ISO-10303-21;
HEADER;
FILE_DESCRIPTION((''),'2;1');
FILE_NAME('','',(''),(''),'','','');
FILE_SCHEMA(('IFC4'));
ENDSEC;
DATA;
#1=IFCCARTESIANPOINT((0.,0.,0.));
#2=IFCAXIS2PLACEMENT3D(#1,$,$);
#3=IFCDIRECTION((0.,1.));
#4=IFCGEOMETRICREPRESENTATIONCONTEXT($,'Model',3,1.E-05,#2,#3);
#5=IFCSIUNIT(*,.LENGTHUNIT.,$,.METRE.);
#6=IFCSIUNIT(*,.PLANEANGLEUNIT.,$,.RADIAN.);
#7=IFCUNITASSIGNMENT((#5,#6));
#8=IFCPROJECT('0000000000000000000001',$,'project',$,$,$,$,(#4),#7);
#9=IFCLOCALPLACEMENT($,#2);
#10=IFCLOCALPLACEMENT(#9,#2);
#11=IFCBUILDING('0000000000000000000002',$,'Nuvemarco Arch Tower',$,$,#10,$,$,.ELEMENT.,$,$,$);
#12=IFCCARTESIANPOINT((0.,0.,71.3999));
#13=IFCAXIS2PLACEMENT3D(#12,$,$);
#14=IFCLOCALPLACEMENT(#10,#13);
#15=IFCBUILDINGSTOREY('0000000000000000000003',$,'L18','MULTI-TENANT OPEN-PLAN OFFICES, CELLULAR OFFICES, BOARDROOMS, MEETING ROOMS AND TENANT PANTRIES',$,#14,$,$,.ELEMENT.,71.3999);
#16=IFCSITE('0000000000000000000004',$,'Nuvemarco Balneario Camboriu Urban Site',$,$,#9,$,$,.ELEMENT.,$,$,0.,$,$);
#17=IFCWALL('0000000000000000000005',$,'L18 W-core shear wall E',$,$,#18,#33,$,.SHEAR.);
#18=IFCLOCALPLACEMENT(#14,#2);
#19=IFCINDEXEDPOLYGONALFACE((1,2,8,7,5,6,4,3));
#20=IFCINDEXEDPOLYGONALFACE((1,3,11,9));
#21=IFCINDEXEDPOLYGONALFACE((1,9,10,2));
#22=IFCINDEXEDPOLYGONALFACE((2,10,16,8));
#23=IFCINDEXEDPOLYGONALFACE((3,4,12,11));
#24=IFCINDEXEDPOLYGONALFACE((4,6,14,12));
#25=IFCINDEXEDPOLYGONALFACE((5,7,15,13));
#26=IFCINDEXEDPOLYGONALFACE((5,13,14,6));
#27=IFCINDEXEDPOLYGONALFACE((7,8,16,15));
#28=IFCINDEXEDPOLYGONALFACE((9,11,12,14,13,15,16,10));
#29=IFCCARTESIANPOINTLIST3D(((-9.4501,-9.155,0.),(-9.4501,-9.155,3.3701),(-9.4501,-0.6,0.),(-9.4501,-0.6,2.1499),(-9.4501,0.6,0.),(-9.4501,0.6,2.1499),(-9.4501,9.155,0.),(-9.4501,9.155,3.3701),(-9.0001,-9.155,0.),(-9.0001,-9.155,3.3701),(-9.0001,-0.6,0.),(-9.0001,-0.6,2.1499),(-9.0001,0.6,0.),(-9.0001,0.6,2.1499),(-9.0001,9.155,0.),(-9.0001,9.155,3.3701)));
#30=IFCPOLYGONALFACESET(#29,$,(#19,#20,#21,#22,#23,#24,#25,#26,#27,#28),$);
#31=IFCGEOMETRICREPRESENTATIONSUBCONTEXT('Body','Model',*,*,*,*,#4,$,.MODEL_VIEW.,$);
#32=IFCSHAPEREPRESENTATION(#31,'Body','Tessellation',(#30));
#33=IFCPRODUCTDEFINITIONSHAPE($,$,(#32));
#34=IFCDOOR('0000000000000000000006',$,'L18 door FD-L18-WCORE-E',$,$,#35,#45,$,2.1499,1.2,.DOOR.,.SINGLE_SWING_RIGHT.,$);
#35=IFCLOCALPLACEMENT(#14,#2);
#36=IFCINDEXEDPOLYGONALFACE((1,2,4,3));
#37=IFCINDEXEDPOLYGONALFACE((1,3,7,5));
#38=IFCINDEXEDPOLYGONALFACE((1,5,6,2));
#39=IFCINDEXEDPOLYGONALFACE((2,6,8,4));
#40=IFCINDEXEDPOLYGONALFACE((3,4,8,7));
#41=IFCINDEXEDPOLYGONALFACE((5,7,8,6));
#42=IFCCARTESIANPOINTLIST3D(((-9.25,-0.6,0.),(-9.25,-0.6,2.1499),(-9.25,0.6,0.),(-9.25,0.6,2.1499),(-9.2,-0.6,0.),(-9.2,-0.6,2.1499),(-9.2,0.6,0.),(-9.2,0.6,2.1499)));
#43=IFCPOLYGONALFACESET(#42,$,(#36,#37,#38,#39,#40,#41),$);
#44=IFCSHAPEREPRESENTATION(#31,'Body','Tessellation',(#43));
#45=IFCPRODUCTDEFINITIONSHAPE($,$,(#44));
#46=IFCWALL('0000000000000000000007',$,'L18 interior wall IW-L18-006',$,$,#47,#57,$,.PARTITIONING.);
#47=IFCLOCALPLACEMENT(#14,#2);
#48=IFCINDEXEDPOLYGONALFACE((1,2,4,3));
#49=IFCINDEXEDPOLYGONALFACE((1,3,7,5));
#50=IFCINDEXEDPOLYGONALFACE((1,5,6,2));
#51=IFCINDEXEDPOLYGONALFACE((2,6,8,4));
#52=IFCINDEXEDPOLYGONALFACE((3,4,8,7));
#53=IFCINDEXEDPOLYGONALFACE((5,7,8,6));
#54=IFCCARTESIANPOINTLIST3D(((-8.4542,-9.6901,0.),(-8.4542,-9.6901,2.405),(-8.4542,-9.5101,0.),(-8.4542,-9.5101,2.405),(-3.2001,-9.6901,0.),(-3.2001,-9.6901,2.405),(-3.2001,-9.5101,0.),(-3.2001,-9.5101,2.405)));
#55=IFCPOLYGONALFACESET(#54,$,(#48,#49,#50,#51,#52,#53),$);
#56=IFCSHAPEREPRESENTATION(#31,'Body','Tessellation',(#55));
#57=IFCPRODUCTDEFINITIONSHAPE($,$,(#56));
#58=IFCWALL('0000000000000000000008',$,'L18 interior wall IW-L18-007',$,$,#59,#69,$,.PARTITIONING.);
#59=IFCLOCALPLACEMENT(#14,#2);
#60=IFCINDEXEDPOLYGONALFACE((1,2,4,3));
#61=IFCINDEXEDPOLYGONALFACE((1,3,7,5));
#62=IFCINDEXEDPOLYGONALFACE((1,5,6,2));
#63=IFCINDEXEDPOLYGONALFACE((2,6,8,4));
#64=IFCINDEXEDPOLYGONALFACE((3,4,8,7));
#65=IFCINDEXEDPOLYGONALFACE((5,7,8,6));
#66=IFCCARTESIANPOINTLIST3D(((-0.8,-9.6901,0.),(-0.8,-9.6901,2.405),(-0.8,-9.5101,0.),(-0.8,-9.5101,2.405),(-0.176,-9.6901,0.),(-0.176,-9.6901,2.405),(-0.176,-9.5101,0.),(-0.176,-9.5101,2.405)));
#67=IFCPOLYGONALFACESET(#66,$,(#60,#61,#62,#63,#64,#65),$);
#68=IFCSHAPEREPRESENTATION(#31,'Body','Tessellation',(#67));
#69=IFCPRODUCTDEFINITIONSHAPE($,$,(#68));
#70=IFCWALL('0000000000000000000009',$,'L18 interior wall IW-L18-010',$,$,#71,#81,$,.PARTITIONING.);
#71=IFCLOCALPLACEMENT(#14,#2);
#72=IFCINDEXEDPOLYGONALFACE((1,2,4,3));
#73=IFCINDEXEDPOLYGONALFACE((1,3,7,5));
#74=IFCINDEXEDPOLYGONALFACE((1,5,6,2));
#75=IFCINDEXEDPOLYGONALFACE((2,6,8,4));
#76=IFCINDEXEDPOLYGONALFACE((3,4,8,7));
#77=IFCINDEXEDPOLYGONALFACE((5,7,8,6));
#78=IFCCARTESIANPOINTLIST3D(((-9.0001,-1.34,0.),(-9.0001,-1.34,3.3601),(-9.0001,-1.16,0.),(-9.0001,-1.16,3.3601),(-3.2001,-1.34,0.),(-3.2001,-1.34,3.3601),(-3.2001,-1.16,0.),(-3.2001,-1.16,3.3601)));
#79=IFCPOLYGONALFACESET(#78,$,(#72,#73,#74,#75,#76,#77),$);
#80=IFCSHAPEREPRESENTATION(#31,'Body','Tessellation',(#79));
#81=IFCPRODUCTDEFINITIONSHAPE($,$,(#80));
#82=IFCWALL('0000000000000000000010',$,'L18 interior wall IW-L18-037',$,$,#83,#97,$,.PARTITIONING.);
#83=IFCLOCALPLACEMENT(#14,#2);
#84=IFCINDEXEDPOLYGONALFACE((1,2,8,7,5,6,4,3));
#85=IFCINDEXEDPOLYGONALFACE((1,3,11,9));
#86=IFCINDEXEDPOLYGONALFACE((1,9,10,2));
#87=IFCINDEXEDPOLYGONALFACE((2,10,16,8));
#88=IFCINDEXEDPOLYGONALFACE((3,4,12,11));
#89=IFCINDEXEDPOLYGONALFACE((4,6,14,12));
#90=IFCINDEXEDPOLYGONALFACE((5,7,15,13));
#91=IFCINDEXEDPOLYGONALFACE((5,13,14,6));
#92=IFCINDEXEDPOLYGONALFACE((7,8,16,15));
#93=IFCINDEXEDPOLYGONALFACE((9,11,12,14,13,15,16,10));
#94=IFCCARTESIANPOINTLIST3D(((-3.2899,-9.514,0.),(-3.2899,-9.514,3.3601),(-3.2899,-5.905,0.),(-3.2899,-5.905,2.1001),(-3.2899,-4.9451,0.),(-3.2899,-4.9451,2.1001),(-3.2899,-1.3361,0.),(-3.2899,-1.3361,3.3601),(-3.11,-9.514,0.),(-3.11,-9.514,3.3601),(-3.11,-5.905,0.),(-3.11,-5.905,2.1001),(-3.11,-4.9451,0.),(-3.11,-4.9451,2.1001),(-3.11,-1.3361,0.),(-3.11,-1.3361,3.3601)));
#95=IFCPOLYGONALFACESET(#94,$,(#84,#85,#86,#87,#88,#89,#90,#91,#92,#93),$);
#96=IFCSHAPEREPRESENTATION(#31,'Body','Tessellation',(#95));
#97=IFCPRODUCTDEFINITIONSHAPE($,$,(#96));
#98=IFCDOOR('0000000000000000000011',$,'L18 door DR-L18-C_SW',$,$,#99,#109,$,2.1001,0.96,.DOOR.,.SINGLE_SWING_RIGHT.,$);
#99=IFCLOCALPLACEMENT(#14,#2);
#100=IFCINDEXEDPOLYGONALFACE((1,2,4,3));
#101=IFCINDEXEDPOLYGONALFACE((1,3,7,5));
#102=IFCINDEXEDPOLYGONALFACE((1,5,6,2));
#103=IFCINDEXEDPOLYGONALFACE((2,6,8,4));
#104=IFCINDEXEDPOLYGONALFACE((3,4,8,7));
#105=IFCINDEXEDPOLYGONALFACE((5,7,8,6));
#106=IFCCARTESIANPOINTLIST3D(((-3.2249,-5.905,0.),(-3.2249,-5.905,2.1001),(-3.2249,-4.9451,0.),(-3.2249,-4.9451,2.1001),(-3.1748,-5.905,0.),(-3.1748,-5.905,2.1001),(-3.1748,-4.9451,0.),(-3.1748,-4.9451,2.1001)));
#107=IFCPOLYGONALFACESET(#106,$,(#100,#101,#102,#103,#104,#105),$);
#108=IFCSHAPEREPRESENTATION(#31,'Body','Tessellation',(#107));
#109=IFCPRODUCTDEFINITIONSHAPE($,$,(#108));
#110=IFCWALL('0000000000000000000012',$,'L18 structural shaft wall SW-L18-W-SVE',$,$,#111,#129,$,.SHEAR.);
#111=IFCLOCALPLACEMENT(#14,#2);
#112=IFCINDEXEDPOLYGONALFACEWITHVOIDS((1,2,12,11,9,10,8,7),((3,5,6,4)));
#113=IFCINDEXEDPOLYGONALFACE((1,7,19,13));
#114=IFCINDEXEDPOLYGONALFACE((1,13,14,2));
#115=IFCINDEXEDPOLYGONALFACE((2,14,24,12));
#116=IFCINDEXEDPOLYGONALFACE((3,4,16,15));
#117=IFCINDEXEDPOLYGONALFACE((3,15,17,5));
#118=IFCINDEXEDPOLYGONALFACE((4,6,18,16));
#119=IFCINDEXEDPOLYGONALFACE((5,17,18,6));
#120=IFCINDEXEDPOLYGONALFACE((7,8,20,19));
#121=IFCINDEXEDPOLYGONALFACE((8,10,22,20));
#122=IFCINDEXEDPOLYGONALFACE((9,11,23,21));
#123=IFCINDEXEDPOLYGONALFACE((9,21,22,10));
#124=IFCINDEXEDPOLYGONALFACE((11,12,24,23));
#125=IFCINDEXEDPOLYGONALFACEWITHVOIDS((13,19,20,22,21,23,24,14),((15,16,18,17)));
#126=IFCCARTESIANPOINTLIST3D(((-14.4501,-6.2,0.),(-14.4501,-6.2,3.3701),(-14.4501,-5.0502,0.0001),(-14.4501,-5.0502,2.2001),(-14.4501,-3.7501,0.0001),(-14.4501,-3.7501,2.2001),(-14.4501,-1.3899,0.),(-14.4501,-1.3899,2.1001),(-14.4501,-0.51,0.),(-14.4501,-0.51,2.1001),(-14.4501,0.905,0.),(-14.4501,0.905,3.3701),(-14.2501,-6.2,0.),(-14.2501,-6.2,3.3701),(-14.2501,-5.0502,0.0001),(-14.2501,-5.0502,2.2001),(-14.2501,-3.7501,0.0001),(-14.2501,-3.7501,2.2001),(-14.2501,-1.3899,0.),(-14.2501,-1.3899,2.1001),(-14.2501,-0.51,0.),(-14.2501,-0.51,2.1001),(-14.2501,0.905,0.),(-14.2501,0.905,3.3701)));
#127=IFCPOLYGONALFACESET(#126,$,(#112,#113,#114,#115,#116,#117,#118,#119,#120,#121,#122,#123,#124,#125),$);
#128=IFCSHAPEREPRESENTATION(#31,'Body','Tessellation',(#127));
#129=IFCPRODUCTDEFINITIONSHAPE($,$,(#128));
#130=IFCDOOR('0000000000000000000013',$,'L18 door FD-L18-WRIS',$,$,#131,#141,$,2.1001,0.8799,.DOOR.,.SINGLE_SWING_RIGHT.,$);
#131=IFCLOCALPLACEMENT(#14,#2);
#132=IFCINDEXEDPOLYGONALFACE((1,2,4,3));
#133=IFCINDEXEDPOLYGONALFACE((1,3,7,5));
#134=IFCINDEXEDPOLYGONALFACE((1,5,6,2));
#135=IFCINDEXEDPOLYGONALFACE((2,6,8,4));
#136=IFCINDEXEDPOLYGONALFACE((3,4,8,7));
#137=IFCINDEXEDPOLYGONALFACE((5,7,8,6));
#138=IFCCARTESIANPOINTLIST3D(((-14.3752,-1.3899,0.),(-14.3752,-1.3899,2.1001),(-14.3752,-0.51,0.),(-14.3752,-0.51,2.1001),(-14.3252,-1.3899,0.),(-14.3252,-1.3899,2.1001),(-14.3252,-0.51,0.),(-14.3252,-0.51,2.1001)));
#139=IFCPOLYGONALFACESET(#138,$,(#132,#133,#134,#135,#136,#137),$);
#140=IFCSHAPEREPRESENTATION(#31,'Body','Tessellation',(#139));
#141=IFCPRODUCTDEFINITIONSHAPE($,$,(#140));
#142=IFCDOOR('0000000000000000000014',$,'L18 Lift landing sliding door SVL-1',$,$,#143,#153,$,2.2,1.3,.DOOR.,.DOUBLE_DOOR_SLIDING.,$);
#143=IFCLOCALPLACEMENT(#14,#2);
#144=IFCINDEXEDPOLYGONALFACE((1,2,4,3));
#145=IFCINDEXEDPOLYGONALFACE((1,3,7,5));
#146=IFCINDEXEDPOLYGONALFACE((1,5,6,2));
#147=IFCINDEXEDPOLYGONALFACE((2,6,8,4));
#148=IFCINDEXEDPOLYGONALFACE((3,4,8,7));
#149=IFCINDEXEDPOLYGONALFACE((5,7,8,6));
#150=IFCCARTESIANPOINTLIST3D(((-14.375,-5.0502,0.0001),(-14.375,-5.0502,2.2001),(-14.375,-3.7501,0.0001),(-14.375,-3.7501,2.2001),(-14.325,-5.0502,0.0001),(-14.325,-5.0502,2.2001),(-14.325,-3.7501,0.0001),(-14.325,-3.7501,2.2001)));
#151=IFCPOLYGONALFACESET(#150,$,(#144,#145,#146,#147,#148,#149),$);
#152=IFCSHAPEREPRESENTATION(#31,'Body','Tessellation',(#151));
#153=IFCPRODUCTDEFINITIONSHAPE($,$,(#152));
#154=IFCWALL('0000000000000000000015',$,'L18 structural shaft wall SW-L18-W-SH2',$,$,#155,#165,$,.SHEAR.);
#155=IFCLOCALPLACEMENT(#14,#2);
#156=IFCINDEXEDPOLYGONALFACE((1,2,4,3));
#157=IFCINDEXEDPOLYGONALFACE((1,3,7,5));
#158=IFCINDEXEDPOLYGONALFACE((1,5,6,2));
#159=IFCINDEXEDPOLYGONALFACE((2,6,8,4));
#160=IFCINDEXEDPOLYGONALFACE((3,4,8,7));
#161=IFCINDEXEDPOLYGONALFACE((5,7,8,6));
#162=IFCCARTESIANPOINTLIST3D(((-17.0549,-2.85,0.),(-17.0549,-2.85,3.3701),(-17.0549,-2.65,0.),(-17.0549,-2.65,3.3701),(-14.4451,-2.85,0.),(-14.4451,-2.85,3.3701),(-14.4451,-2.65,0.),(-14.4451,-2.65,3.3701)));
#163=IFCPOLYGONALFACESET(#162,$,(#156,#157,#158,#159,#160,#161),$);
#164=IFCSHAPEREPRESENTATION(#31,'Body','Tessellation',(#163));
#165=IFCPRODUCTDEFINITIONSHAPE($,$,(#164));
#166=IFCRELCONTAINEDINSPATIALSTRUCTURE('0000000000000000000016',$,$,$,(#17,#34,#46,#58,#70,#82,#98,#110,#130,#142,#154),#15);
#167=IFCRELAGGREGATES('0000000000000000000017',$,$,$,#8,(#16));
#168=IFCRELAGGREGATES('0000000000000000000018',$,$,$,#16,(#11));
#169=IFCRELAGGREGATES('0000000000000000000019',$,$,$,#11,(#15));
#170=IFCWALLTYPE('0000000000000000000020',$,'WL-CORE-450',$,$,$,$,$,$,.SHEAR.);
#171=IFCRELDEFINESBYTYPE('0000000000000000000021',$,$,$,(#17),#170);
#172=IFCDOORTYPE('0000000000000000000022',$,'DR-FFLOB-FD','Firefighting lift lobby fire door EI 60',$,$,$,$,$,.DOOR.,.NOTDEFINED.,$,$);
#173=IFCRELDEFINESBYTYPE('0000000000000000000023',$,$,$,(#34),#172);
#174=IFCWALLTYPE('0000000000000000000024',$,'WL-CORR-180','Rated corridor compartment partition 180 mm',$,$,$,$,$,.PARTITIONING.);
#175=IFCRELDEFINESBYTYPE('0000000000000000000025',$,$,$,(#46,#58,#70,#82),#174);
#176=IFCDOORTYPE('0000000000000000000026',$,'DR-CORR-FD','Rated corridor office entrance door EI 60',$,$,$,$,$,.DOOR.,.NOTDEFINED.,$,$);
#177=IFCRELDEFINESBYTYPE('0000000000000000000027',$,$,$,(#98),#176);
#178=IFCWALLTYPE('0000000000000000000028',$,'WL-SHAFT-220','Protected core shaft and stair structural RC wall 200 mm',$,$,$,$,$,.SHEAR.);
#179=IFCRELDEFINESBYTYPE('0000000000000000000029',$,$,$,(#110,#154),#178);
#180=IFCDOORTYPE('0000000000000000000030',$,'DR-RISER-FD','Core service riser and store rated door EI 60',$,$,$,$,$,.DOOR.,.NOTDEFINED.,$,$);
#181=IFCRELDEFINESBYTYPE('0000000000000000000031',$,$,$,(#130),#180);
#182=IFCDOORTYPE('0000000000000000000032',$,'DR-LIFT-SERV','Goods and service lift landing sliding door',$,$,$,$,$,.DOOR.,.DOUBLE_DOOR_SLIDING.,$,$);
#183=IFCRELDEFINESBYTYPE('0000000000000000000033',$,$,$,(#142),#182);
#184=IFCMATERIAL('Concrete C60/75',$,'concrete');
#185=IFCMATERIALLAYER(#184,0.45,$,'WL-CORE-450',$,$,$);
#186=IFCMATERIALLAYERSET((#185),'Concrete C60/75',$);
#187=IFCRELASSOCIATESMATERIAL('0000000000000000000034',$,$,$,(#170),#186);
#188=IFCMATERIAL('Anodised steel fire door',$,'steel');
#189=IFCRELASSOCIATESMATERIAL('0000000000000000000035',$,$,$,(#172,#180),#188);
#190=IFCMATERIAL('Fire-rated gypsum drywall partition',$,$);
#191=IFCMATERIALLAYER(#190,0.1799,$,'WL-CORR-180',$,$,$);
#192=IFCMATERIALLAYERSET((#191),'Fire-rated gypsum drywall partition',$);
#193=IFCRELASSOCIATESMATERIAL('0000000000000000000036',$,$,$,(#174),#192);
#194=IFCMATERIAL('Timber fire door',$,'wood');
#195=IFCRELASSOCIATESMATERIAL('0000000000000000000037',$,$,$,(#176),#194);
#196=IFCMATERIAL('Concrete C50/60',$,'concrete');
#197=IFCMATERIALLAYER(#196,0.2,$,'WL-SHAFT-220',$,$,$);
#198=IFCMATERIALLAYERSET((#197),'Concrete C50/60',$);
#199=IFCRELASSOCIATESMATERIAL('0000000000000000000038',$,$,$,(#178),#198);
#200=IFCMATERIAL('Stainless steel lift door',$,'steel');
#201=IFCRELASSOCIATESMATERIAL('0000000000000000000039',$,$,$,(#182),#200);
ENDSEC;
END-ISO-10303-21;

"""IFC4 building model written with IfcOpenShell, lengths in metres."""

from ifc_helpers import new_model, si_unit, direction, frame, frame_2d, origin, place, context, subcontext, project, spatial, rectangle, extrude, source, transform, mapped, material, layer, layer_set, type_object, type_shapes, element, fill, save


model = new_model("IFC4")

# Units and contexts
model_context = context("Model", 3, precision=1e-05, world=origin(), true_north=direction((0.0, 1.0)))
body_context = subcontext(model_context, "Body", "Model", "MODEL_VIEW")
ifc_project = project(units=[si_unit("LENGTHUNIT", "METRE"), si_unit("PLANEANGLEUNIT", "RADIAN")], contexts=[model_context])

# Site, building, storey
site_placement = place(None, origin())
site = spatial("IfcSite", under=ifc_project, at=site_placement, Name="Nuvemarco Balneario Camboriu Urban Site", CompositionType="ELEMENT", RefElevation=0.0)
building_placement = place(site_placement, origin())
building = spatial("IfcBuilding", under=site, at=building_placement, Name="Nuvemarco Arch Tower", CompositionType="ELEMENT")
storey_placement = place(building_placement, frame((0.0, 0.0, 71.3999)))
storey = spatial("IfcBuildingStorey", under=building, at=storey_placement, Name="L18", Description="MULTI-TENANT OPEN-PLAN OFFICES, CELLULAR OFFICES, BOARDROOMS, MEETING ROOMS AND TENANT PANTRIES", CompositionType="ELEMENT", Elevation=71.3999)

# Shared definitions
ifc_material_1 = material(Name="Concrete C60/75", Category="concrete")

# Wall, opening, door
ifc_layer_1 = layer(ifc_material_1, 0.45, Name="WL-CORE-450")
ifc_layer_set_1 = layer_set([ifc_layer_1], Name="Concrete C60/75")
wall_type_1 = type_object("IfcWallType", Name="WL-CORE-450", PredefinedType="SHEAR", material=ifc_layer_set_1)
wall_1_placement = place(storey_placement, frame((-9.2251, -9.155, 0.0), z_axis=(0.0, 0.0, 1.0), x_axis=(0.0, 1.0, 0.0)))
wall_1 = element("IfcWall", 1, at=wall_1_placement, inside=storey, type_object=wall_type_1, Name="L18 W-core shear wall E", PredefinedType="SHEAR", context=body_context, shape_type="SweptSolid", body=[
    extrude(rectangle(XDim=18.3101, YDim=0.45, at=frame_2d((9.155, 0.0))), origin(), (0.0, 0.0, 1.0), 3.3701),
])
opening_1_placement = place(wall_1_placement, frame((8.5549, 0.0, 0.0)))
opening_1 = element("IfcOpeningElement", 2, at=opening_1_placement, cuts=wall_1, PredefinedType="OPENING", context=body_context, shape_type="SweptSolid", body=[
    extrude(rectangle(XDim=1.2, YDim=2.1499, at=frame_2d((0.6001, 1.075))), frame((0.0, 0.2349, 0.0), z_axis=(0.0, -1.0, 0.0), x_axis=(1.0, 0.0, 0.0)), (0.0, 0.0, 1.0), 0.47),
])
ifc_material_2 = material(Name="Anodised steel fire door", Category="steel")
door_type_1 = type_object("IfcDoorType", Name="DR-FFLOB-FD", Description="Firefighting lift lobby fire door EI 60", OperationType="NOTDEFINED", PredefinedType="DOOR", material=ifc_material_2)
shared_shape_1 = source(origin(), body_context, "Body", "SweptSolid", [
    extrude(rectangle(XDim=1.2, YDim=2.1499, at=frame_2d((0.6001, 1.075))), frame((0.0, 0.0249, 0.0), z_axis=(0.0, -1.0, 0.0), x_axis=(1.0, 0.0, 0.0)), (0.0, 0.0, 1.0), 0.05),
])
type_shapes(door_type_1, [shared_shape_1])
door_1_placement = place(opening_1_placement, origin())
door_1 = element("IfcDoor", 3, at=door_1_placement, inside=storey, type_object=door_type_1, Name="L18 door FD-L18-WCORE-E", OperationType="SINGLE_SWING_RIGHT", OverallHeight=2.1499, OverallWidth=1.2, PredefinedType="DOOR", context=body_context, shape_type="MappedRepresentation", body=[
    mapped(shared_shape_1, transform((0.0, 0.0, 0.0), scale=1.0)),
])
fill(opening_1, door_1)

# Walls
ifc_material_3 = material(Name="Fire-rated gypsum drywall partition")
ifc_layer_2 = layer(ifc_material_3, 0.1799, Name="WL-CORR-180")
ifc_layer_set_2 = layer_set([ifc_layer_2], Name="Fire-rated gypsum drywall partition")
wall_type_2 = type_object("IfcWallType", Name="WL-CORR-180", Description="Rated corridor compartment partition 180 mm", PredefinedType="PARTITIONING", material=ifc_layer_set_2)
wall_2_placement = place(storey_placement, frame((-8.4541, -9.6001, 0.0), z_axis=(0.0, 0.0, 1.0), x_axis=(1.0, 0.0, 0.0)))
element("IfcWall", 4, at=wall_2_placement, inside=storey, type_object=wall_type_2, Name="L18 interior wall IW-L18-006", PredefinedType="PARTITIONING", context=body_context, shape_type="SweptSolid", body=[
    extrude(rectangle(XDim=5.2542, YDim=0.1799, at=frame_2d((2.627, 0.0))), origin(), (0.0, 0.0, 1.0), 2.405),
])
wall_3_placement = place(storey_placement, frame((-0.8, -9.6001, 0.0), z_axis=(0.0, 0.0, 1.0), x_axis=(1.0, 0.0, 0.0)))
element("IfcWall", 5, at=wall_3_placement, inside=storey, type_object=wall_type_2, Name="L18 interior wall IW-L18-007", PredefinedType="PARTITIONING", context=body_context, shape_type="SweptSolid", body=[
    extrude(rectangle(XDim=0.624, YDim=0.1799, at=frame_2d((0.312, 0.0))), origin(), (0.0, 0.0, 1.0), 2.405),
])
wall_4_placement = place(storey_placement, frame((-9.0, -1.25, 0.0), z_axis=(0.0, 0.0, 1.0), x_axis=(1.0, 0.0, 0.0)))
element("IfcWall", 6, at=wall_4_placement, inside=storey, type_object=wall_type_2, Name="L18 interior wall IW-L18-010", PredefinedType="PARTITIONING", context=body_context, shape_type="SweptSolid", body=[
    extrude(rectangle(XDim=5.8, YDim=0.1799, at=frame_2d((2.8999, 0.0))), origin(), (0.0, 0.0, 1.0), 3.3601),
])

# Wall, opening, door
wall_5_placement = place(storey_placement, frame((-3.2, -9.5139, 0.0), z_axis=(0.0, 0.0, 1.0), x_axis=(0.0, 1.0, 0.0)))
wall_5 = element("IfcWall", 7, at=wall_5_placement, inside=storey, type_object=wall_type_2, Name="L18 interior wall IW-L18-037", PredefinedType="PARTITIONING", context=body_context, shape_type="SweptSolid", body=[
    extrude(rectangle(XDim=8.178, YDim=0.1799, at=frame_2d((4.0889, 0.0))), origin(), (0.0, 0.0, 1.0), 3.3601),
])
opening_2_placement = place(wall_5_placement, frame((3.6089, 0.0, 0.0)))
opening_2 = element("IfcOpeningElement", 8, at=opening_2_placement, cuts=wall_5, PredefinedType="OPENING", context=body_context, shape_type="SweptSolid", body=[
    extrude(rectangle(XDim=0.96, YDim=2.1001, at=frame_2d((0.48, 1.05))), frame((0.0, 0.0999, 0.0), z_axis=(0.0, -1.0, 0.0), x_axis=(1.0, 0.0, 0.0)), (0.0, 0.0, 1.0), 0.2),
])
ifc_material_4 = material(Name="Timber fire door", Category="wood")
door_type_2 = type_object("IfcDoorType", Name="DR-CORR-FD", Description="Rated corridor office entrance door EI 60", OperationType="NOTDEFINED", PredefinedType="DOOR", material=ifc_material_4)
shared_shape_2 = source(origin(), body_context, "Body", "SweptSolid", [
    extrude(rectangle(XDim=0.96, YDim=2.1001, at=frame_2d((0.48, 1.05))), frame((0.0, 0.0249, 0.0), z_axis=(0.0, -1.0, 0.0), x_axis=(1.0, 0.0, 0.0)), (0.0, 0.0, 1.0), 0.05),
])
type_shapes(door_type_2, [shared_shape_2])
door_2_placement = place(opening_2_placement, origin())
door_2 = element("IfcDoor", 9, at=door_2_placement, inside=storey, type_object=door_type_2, Name="L18 door DR-L18-C_SW", OperationType="SINGLE_SWING_RIGHT", OverallHeight=2.1001, OverallWidth=0.96, PredefinedType="DOOR", context=body_context, shape_type="MappedRepresentation", body=[
    mapped(shared_shape_2, transform((0.0, 0.0, 0.0), scale=1.0)),
])
fill(opening_2, door_2)
ifc_material_5 = material(Name="Concrete C50/60", Category="concrete")
ifc_layer_3 = layer(ifc_material_5, 0.2, Name="WL-SHAFT-220")
ifc_layer_set_3 = layer_set([ifc_layer_3], Name="Concrete C50/60")
wall_type_3 = type_object("IfcWallType", Name="WL-SHAFT-220", Description="Protected core shaft and stair structural RC wall 200 mm", PredefinedType="SHEAR", material=ifc_layer_set_3)
ifc_material_6 = material(Name="Stainless steel lift door", Category="steel")

# Wall, openings, doors
wall_6_placement = place(storey_placement, frame((-14.3501, -6.2, 0.0), z_axis=(0.0, 0.0, 1.0), x_axis=(0.0, 1.0, 0.0)))
wall_6 = element("IfcWall", 10, at=wall_6_placement, inside=storey, type_object=wall_type_3, Name="L18 structural shaft wall SW-L18-W-SVE", PredefinedType="SHEAR", context=body_context, shape_type="SweptSolid", body=[
    extrude(rectangle(XDim=7.105, YDim=0.2, at=frame_2d((3.5525, 0.0))), origin(), (0.0, 0.0, 1.0), 3.3701),
])
opening_3_placement = place(wall_6_placement, frame((5.6899, 0.0, 0.0), z_axis=(0.0, 0.0, 1.0), x_axis=(-1.0, 0.0, 0.0)))
opening_3 = element("IfcOpeningElement", 11, at=opening_3_placement, cuts=wall_6, PredefinedType="OPENING", context=body_context, shape_type="SweptSolid", body=[
    extrude(rectangle(XDim=0.8799, YDim=2.1001, at=frame_2d((0.4399, 1.05))), frame((0.0, 0.1099, 0.0), z_axis=(0.0, -1.0, 0.0), x_axis=(1.0, 0.0, 0.0)), (0.0, 0.0, 1.0), 0.22),
])
opening_4_placement = place(wall_6_placement, frame((1.1499, 0.0, 0.0)))
opening_4 = element("IfcOpeningElement", 12, at=opening_4_placement, cuts=wall_6, PredefinedType="OPENING", context=body_context, shape_type="SweptSolid", body=[
    extrude(rectangle(XDim=1.3, YDim=2.2, at=frame_2d((0.6499, 1.1001))), frame((0.0, 0.1099, 0.0), z_axis=(0.0, -1.0, 0.0), x_axis=(1.0, 0.0, 0.0)), (0.0, 0.0, 1.0), 0.22),
])
door_type_3 = type_object("IfcDoorType", Name="DR-RISER-FD", Description="Core service riser and store rated door EI 60", OperationType="NOTDEFINED", PredefinedType="DOOR", material=ifc_material_2)
shared_shape_3 = source(origin(), body_context, "Body", "SweptSolid", [
    extrude(rectangle(XDim=0.8799, YDim=2.1001, at=frame_2d((0.4399, 1.05))), frame((0.0, 0.0249, 0.0), z_axis=(0.0, -1.0, 0.0), x_axis=(1.0, 0.0, 0.0)), (0.0, 0.0, 1.0), 0.05),
])
type_shapes(door_type_3, [shared_shape_3])
door_3_placement = place(opening_3_placement, origin())
door_3 = element("IfcDoor", 13, at=door_3_placement, inside=storey, type_object=door_type_3, Name="L18 door FD-L18-WRIS", OperationType="SINGLE_SWING_RIGHT", OverallHeight=2.1001, OverallWidth=0.8799, PredefinedType="DOOR", context=body_context, shape_type="MappedRepresentation", body=[
    mapped(shared_shape_3, transform((0.0, 0.0, 0.0), scale=1.0)),
])
fill(opening_3, door_3)
door_type_4 = type_object("IfcDoorType", Name="DR-LIFT-SERV", Description="Goods and service lift landing sliding door", OperationType="DOUBLE_DOOR_SLIDING", PredefinedType="DOOR", material=ifc_material_6)
shared_shape_4 = source(origin(), body_context, "Body", "SweptSolid", [
    extrude(rectangle(XDim=1.3, YDim=2.2, at=frame_2d((0.6499, 1.1001))), frame((0.0, 0.0249, 0.0), z_axis=(0.0, -1.0, 0.0), x_axis=(1.0, 0.0, 0.0)), (0.0, 0.0, 1.0), 0.05),
])
type_shapes(door_type_4, [shared_shape_4])
door_4_placement = place(opening_4_placement, origin())
door_4 = element("IfcDoor", 14, at=door_4_placement, inside=storey, type_object=door_type_4, Name="L18 Lift landing sliding door SVL-1", OperationType="DOUBLE_DOOR_SLIDING", OverallHeight=2.2, OverallWidth=1.3, PredefinedType="DOOR", context=body_context, shape_type="MappedRepresentation", body=[
    mapped(shared_shape_4, transform((0.0, 0.0, 0.0), scale=1.0)),
])
fill(opening_4, door_4)

# Wall
wall_7_placement = place(storey_placement, frame((-17.0549, -2.75, 0.0), z_axis=(0.0, 0.0, 1.0), x_axis=(1.0, 0.0, 0.0)))
element("IfcWall", 15, at=wall_7_placement, inside=storey, type_object=wall_type_3, Name="L18 structural shaft wall SW-L18-W-SH2", PredefinedType="SHEAR", context=body_context, shape_type="SweptSolid", body=[
    extrude(rectangle(XDim=2.6099, YDim=0.2, at=frame_2d((1.3049, 0.0))), origin(), (0.0, 0.0, 1.0), 3.3701),
])

save(model, "model.ifc")
